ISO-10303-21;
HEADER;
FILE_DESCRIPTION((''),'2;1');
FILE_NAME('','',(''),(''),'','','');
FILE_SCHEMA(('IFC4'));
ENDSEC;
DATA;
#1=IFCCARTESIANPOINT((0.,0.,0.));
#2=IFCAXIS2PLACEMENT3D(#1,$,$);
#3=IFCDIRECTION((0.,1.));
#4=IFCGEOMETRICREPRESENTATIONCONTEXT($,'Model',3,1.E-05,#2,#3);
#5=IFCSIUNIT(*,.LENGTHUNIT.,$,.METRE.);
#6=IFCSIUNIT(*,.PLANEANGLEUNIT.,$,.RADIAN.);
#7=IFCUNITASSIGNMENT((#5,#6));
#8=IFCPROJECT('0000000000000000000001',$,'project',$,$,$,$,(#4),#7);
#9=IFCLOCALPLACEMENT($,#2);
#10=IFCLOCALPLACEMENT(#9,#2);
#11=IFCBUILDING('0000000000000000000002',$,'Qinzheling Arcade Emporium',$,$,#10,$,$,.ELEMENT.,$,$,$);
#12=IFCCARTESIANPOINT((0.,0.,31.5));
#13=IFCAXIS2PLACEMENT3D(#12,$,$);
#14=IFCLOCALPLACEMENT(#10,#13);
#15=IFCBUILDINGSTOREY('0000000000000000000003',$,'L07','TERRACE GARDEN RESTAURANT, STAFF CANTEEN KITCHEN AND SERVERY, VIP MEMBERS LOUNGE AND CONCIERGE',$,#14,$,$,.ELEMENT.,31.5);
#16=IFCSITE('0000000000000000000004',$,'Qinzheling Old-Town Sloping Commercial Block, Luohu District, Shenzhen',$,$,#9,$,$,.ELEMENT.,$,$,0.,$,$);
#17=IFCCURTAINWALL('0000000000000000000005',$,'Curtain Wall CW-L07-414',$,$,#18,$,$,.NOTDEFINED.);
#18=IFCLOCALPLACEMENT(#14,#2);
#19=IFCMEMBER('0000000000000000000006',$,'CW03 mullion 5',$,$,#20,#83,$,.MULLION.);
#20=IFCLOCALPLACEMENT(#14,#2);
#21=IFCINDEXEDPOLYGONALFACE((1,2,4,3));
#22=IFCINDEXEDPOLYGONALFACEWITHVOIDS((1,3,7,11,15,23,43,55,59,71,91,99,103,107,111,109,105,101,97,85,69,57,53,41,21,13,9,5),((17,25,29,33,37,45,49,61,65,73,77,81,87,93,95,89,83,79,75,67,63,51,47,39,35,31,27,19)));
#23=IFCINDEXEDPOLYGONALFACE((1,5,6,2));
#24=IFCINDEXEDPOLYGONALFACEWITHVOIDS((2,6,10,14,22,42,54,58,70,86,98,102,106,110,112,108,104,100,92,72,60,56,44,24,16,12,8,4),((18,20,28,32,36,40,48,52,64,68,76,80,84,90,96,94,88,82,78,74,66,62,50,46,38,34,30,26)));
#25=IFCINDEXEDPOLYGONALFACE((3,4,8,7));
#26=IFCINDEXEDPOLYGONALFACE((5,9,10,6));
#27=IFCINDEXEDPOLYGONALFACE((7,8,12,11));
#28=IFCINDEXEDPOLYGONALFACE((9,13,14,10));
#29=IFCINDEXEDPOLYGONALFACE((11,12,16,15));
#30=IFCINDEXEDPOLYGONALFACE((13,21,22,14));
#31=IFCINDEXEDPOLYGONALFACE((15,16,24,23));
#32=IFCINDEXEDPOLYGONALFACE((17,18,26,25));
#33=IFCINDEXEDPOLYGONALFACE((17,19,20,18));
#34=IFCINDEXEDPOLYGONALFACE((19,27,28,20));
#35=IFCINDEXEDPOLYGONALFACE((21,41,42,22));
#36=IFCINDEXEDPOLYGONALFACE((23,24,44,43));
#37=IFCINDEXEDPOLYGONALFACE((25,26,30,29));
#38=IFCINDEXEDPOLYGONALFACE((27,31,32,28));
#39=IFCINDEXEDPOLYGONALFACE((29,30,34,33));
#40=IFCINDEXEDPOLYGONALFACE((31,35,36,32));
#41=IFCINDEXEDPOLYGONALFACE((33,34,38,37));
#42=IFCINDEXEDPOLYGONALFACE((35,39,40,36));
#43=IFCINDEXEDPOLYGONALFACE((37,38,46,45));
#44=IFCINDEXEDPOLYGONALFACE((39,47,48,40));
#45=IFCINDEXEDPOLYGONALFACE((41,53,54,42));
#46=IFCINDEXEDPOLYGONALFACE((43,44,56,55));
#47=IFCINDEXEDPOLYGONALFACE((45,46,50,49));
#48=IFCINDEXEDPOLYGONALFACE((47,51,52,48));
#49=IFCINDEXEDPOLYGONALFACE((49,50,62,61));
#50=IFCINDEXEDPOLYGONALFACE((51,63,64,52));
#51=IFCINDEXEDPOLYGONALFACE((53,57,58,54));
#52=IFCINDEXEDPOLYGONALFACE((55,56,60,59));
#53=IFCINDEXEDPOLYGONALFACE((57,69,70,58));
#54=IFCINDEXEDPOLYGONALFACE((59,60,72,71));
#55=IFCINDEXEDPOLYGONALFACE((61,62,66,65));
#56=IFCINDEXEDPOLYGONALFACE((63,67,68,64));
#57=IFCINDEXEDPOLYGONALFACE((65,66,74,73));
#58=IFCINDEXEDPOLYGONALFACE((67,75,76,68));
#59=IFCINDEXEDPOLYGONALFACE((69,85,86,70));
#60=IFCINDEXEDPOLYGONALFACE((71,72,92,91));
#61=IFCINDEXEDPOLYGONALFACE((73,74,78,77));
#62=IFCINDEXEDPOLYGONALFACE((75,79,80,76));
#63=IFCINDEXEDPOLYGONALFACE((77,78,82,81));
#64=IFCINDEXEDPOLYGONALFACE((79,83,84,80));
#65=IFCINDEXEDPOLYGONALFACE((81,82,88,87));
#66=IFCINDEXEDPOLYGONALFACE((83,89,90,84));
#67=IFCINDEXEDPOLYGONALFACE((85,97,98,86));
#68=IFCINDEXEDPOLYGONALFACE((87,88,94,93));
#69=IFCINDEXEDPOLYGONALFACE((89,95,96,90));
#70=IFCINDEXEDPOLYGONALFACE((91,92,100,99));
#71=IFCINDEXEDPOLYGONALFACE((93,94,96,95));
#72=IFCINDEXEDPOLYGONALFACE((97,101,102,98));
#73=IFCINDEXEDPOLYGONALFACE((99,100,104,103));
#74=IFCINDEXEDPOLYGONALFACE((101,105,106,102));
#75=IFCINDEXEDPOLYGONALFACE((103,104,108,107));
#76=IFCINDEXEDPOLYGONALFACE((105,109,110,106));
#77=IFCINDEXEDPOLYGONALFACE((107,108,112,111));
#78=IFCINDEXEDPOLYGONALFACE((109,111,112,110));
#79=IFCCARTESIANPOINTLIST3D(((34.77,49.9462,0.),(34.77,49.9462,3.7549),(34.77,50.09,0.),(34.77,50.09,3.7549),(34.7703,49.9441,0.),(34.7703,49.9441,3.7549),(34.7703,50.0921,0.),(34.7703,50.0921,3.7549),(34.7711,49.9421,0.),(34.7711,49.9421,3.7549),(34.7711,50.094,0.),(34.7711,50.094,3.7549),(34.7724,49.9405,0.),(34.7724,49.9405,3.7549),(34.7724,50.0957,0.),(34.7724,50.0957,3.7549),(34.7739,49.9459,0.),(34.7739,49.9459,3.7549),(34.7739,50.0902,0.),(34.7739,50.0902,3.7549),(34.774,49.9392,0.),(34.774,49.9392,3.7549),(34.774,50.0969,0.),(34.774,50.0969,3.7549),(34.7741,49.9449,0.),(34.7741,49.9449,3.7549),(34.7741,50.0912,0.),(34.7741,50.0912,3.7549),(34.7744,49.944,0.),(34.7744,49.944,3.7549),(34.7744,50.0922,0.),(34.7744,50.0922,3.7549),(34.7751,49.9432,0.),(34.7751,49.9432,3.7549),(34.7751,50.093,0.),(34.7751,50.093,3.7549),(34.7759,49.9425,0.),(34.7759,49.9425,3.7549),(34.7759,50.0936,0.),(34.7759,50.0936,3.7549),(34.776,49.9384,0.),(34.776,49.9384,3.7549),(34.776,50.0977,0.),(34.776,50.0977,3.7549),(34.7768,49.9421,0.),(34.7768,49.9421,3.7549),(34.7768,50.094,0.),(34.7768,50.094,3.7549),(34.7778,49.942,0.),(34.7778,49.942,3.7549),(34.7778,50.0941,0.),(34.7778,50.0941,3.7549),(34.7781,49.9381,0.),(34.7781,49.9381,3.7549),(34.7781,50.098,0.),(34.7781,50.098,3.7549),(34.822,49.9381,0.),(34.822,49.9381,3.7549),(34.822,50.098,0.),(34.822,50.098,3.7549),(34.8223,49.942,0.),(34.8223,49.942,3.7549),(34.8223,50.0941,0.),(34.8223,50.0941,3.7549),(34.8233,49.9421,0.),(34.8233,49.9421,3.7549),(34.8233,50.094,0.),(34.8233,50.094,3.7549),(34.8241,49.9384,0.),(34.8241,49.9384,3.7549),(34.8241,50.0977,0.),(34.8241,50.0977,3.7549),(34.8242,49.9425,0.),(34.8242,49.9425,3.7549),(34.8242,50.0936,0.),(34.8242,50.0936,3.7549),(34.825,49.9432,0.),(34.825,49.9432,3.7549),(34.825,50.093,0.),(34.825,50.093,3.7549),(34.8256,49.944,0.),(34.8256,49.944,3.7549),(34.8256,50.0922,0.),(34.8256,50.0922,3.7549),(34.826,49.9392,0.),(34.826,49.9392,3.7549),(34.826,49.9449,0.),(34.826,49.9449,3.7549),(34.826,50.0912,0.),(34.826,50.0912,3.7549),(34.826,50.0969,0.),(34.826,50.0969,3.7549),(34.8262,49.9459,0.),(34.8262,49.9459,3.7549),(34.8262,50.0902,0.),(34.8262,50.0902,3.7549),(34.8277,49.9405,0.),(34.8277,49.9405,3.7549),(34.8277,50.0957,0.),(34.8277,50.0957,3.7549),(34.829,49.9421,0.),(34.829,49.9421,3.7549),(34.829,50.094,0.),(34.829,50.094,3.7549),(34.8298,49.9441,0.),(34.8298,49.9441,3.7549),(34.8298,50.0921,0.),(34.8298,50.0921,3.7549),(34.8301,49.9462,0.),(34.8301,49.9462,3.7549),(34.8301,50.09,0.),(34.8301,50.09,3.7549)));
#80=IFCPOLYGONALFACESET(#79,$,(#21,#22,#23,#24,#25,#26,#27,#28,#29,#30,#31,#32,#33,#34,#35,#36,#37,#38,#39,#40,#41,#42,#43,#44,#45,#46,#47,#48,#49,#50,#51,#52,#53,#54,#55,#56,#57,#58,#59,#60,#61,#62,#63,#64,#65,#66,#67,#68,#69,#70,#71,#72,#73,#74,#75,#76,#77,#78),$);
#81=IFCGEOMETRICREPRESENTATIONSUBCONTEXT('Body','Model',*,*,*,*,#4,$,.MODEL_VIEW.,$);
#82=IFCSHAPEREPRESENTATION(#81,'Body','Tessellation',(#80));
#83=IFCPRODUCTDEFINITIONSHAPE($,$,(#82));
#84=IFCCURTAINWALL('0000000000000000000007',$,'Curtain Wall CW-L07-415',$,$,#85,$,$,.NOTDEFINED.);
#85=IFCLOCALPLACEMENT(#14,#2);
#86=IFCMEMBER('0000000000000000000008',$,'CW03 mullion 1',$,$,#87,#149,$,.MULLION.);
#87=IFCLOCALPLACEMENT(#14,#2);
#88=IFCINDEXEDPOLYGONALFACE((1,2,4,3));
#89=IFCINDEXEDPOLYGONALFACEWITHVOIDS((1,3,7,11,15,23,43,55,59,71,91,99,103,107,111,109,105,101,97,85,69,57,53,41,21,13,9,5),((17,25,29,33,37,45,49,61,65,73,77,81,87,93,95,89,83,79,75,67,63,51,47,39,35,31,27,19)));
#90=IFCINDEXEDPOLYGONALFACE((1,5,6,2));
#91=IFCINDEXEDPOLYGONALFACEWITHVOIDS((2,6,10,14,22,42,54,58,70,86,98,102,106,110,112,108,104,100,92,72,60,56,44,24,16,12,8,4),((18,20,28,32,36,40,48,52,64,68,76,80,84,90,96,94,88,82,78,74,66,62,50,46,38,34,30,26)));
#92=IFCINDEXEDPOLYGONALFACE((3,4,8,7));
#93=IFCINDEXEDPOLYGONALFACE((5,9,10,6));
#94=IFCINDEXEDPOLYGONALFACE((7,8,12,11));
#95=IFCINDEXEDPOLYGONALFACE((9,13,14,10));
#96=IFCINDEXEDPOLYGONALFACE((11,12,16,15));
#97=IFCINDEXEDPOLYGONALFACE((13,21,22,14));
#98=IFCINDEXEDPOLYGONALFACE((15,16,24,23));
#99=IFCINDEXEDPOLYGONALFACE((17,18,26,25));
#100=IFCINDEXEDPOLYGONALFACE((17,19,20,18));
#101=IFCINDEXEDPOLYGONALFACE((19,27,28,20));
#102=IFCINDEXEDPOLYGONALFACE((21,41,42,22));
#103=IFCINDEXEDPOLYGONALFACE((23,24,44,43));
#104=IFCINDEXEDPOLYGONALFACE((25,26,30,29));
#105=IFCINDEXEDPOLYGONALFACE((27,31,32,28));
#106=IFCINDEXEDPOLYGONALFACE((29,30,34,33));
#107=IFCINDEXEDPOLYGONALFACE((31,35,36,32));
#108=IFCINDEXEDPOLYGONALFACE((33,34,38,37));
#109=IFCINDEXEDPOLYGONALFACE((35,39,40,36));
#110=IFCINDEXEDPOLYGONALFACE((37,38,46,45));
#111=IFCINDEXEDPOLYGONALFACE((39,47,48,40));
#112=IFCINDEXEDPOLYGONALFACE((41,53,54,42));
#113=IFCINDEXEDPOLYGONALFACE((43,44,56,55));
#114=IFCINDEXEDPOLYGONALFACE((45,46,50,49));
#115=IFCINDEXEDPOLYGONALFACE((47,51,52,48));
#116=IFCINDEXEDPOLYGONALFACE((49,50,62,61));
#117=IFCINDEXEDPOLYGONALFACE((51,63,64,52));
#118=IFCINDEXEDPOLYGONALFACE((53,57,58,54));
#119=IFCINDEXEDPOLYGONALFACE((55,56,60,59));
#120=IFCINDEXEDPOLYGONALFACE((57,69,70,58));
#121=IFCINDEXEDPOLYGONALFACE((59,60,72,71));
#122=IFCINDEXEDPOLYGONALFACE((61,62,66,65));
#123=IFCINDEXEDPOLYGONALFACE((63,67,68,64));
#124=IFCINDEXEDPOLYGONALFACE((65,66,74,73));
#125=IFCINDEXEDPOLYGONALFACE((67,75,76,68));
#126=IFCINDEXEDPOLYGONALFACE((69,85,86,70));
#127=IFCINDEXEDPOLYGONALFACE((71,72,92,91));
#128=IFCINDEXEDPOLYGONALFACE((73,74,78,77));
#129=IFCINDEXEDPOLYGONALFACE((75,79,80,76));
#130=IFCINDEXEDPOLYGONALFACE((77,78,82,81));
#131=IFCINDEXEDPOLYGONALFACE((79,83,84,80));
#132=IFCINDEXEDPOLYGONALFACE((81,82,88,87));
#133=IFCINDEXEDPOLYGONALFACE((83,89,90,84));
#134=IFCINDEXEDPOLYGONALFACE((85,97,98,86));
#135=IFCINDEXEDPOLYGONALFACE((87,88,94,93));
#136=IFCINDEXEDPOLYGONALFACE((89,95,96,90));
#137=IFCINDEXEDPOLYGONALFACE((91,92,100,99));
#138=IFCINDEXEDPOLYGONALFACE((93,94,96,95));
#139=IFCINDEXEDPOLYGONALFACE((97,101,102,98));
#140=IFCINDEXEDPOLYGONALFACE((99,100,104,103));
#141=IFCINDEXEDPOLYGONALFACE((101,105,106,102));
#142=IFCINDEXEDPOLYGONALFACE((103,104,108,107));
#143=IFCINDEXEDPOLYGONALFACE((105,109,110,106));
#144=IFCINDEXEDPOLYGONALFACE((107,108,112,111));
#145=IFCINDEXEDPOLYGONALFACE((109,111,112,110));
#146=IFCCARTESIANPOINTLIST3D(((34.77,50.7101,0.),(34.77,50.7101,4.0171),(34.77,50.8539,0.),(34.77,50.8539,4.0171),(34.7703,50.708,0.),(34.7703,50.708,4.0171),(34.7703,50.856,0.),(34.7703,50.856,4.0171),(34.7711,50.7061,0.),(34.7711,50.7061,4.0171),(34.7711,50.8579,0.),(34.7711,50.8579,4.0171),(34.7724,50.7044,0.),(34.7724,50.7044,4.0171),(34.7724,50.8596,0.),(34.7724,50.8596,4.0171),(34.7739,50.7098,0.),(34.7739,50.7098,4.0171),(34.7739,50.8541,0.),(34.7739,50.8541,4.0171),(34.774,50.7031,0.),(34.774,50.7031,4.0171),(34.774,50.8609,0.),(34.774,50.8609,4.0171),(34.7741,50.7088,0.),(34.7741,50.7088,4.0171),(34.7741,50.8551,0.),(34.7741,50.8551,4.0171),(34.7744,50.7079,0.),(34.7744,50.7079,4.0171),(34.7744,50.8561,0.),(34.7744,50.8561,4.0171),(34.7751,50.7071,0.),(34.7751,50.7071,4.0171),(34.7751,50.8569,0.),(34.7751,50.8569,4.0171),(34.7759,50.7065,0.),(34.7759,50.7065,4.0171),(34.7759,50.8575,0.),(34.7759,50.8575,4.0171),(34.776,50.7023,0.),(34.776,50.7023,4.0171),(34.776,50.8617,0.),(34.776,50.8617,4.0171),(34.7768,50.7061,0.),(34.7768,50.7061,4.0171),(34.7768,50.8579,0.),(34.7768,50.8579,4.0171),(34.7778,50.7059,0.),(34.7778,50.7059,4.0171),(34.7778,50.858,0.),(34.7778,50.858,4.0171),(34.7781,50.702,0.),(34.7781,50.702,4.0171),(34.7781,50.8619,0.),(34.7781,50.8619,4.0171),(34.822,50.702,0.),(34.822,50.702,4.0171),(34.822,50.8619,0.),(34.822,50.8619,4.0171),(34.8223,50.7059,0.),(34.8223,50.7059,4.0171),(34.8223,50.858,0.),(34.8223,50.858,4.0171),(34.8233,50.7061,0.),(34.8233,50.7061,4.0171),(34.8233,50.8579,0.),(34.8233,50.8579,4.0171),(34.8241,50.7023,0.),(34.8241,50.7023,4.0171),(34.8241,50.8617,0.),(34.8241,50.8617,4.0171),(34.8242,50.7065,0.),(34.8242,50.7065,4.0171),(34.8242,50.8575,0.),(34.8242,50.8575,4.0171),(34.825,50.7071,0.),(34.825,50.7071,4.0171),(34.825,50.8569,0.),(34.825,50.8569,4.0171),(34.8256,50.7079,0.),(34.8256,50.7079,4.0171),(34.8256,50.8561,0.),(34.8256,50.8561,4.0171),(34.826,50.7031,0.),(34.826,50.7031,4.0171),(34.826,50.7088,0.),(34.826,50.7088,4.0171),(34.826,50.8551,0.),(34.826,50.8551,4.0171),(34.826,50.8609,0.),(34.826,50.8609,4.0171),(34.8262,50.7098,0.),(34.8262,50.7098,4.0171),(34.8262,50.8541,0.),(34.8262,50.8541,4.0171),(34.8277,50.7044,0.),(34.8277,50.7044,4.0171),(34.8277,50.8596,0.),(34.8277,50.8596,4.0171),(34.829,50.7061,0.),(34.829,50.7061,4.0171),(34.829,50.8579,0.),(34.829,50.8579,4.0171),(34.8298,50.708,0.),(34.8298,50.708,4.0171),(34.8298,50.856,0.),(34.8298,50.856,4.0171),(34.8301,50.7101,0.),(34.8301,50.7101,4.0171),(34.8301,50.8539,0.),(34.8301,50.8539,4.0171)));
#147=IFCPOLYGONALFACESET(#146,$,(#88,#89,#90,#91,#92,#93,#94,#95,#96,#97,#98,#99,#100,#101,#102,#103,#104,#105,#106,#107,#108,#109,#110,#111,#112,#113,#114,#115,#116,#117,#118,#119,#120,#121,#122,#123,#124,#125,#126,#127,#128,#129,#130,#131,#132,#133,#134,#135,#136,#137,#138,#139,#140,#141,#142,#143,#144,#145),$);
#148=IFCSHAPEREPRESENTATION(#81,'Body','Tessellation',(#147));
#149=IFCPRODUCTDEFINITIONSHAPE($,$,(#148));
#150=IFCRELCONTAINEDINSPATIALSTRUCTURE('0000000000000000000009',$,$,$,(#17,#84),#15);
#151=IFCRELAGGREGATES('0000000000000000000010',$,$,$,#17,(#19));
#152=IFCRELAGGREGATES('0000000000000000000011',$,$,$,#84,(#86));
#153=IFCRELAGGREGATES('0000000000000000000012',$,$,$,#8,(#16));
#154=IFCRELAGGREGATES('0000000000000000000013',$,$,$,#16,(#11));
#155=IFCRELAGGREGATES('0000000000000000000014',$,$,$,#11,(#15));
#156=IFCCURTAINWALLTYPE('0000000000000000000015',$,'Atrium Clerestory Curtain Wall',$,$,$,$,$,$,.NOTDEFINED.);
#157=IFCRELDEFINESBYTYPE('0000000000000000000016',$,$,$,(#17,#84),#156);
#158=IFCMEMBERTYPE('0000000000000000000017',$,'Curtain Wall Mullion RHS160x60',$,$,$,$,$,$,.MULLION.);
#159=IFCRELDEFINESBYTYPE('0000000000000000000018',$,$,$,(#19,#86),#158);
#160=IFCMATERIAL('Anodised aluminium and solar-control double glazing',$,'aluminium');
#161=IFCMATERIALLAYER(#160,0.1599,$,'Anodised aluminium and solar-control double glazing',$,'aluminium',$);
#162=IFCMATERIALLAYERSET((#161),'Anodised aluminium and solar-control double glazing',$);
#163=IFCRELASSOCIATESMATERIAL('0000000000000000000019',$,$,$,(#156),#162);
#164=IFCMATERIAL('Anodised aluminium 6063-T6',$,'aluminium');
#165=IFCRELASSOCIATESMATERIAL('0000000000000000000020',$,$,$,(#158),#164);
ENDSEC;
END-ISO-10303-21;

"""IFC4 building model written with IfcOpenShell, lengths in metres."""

from ifc_helpers import new_model, si_unit, direction, frame, origin, origin_2d, place, context, subcontext, project, spatial, hollow_rectangle, extrude, material, layer, layer_set, material_profile, profile_set, type_object, element, aggregate, save


model = new_model("IFC4")

# Units and contexts
model_context = context("Model", 3, precision=1e-05, world=origin(), true_north=direction((0.0, 1.0)))
body_context = subcontext(model_context, "Body", "Model", "MODEL_VIEW")
ifc_project = project(units=[si_unit("LENGTHUNIT", "METRE"), si_unit("PLANEANGLEUNIT", "RADIAN")], contexts=[model_context])

# Site, building, storey
site_placement = place(None, origin())
site = spatial("IfcSite", under=ifc_project, at=site_placement, Name="Qinzheling Old-Town Sloping Commercial Block, Luohu District, Shenzhen", CompositionType="ELEMENT", RefElevation=0.0)
building_placement = place(site_placement, origin())
building = spatial("IfcBuilding", under=site, at=building_placement, Name="Qinzheling Arcade Emporium", CompositionType="ELEMENT")
storey_placement = place(building_placement, frame((0.0, 0.0, 31.5)))
storey = spatial("IfcBuildingStorey", under=building, at=storey_placement, Name="L07", Description="TERRACE GARDEN RESTAURANT, STAFF CANTEEN KITCHEN AND SERVERY, VIP MEMBERS LOUNGE AND CONCIERGE", CompositionType="ELEMENT", Elevation=31.5)

# Curtain wall, member
ifc_material_1 = material(Name="Anodised aluminium and solar-control double glazing", Category="aluminium")
ifc_layer_1 = layer(ifc_material_1, 0.1599, Name="Anodised aluminium and solar-control double glazing", Category="aluminium")
ifc_layer_set_1 = layer_set([ifc_layer_1], Name="Anodised aluminium and solar-control double glazing")
curtain_wall_type = type_object("IfcCurtainWallType", Name="Atrium Clerestory Curtain Wall", PredefinedType="NOTDEFINED", material=ifc_layer_set_1)
curtain_wall_1_placement = place(storey_placement, origin())
curtain_wall_1 = element("IfcCurtainWall", 1, at=curtain_wall_1_placement, inside=storey, type_object=curtain_wall_type, Name="Curtain Wall CW-L07-414", PredefinedType="NOTDEFINED")
ifc_material_2 = material(Name="Anodised aluminium 6063-T6", Category="aluminium")
ifc_material_profile_1 = material_profile(ifc_material_2, hollow_rectangle(XDim=0.0601, YDim=0.1599, WallThickness=0.0039, InnerFilletRadius=0.0039, OuterFilletRadius=0.0081, at=origin_2d()), Name="RHS 160x60x4", Category="aluminium")
ifc_profile_set_1 = profile_set([ifc_material_profile_1], Name="Anodised aluminium 6063-T6")
member_type_1 = type_object("IfcMemberType", Name="Curtain Wall Mullion RHS160x60", PredefinedType="MULLION", material=ifc_profile_set_1)
member_1_placement = place(storey_placement, frame((34.8, 50.0181, 0.0), z_axis=(0.0, 0.0, 1.0), x_axis=(-1.0, 0.0, 0.0)))
member_1 = element("IfcMember", 2, at=member_1_placement, type_object=member_type_1, Name="CW03 mullion 5", PredefinedType="MULLION", context=body_context, shape_type="SweptSolid", body=[
    extrude(hollow_rectangle(XDim=0.0601, YDim=0.1599, WallThickness=0.0039, InnerFilletRadius=0.0039, OuterFilletRadius=0.0081, at=origin_2d()), origin(), (0.0, 0.0, 1.0), 3.7549),
])

# Curtain wall, member
curtain_wall_2_placement = place(storey_placement, origin())
curtain_wall_2 = element("IfcCurtainWall", 3, at=curtain_wall_2_placement, inside=storey, type_object=curtain_wall_type, Name="Curtain Wall CW-L07-415", PredefinedType="NOTDEFINED")
member_2_placement = place(storey_placement, frame((34.8, 50.782, 0.0), z_axis=(0.0, 0.0, 1.0), x_axis=(-1.0, 0.0, 0.0)))
member_2 = element("IfcMember", 4, at=member_2_placement, type_object=member_type_1, Name="CW03 mullion 1", PredefinedType="MULLION", context=body_context, shape_type="SweptSolid", body=[
    extrude(hollow_rectangle(XDim=0.0601, YDim=0.1599, WallThickness=0.0039, InnerFilletRadius=0.0039, OuterFilletRadius=0.0081, at=origin_2d()), origin(), (0.0, 0.0, 1.0), 4.0171),
])

aggregate(curtain_wall_1, [member_1])
aggregate(curtain_wall_2, [member_2])

save(model, "model.ifc")
